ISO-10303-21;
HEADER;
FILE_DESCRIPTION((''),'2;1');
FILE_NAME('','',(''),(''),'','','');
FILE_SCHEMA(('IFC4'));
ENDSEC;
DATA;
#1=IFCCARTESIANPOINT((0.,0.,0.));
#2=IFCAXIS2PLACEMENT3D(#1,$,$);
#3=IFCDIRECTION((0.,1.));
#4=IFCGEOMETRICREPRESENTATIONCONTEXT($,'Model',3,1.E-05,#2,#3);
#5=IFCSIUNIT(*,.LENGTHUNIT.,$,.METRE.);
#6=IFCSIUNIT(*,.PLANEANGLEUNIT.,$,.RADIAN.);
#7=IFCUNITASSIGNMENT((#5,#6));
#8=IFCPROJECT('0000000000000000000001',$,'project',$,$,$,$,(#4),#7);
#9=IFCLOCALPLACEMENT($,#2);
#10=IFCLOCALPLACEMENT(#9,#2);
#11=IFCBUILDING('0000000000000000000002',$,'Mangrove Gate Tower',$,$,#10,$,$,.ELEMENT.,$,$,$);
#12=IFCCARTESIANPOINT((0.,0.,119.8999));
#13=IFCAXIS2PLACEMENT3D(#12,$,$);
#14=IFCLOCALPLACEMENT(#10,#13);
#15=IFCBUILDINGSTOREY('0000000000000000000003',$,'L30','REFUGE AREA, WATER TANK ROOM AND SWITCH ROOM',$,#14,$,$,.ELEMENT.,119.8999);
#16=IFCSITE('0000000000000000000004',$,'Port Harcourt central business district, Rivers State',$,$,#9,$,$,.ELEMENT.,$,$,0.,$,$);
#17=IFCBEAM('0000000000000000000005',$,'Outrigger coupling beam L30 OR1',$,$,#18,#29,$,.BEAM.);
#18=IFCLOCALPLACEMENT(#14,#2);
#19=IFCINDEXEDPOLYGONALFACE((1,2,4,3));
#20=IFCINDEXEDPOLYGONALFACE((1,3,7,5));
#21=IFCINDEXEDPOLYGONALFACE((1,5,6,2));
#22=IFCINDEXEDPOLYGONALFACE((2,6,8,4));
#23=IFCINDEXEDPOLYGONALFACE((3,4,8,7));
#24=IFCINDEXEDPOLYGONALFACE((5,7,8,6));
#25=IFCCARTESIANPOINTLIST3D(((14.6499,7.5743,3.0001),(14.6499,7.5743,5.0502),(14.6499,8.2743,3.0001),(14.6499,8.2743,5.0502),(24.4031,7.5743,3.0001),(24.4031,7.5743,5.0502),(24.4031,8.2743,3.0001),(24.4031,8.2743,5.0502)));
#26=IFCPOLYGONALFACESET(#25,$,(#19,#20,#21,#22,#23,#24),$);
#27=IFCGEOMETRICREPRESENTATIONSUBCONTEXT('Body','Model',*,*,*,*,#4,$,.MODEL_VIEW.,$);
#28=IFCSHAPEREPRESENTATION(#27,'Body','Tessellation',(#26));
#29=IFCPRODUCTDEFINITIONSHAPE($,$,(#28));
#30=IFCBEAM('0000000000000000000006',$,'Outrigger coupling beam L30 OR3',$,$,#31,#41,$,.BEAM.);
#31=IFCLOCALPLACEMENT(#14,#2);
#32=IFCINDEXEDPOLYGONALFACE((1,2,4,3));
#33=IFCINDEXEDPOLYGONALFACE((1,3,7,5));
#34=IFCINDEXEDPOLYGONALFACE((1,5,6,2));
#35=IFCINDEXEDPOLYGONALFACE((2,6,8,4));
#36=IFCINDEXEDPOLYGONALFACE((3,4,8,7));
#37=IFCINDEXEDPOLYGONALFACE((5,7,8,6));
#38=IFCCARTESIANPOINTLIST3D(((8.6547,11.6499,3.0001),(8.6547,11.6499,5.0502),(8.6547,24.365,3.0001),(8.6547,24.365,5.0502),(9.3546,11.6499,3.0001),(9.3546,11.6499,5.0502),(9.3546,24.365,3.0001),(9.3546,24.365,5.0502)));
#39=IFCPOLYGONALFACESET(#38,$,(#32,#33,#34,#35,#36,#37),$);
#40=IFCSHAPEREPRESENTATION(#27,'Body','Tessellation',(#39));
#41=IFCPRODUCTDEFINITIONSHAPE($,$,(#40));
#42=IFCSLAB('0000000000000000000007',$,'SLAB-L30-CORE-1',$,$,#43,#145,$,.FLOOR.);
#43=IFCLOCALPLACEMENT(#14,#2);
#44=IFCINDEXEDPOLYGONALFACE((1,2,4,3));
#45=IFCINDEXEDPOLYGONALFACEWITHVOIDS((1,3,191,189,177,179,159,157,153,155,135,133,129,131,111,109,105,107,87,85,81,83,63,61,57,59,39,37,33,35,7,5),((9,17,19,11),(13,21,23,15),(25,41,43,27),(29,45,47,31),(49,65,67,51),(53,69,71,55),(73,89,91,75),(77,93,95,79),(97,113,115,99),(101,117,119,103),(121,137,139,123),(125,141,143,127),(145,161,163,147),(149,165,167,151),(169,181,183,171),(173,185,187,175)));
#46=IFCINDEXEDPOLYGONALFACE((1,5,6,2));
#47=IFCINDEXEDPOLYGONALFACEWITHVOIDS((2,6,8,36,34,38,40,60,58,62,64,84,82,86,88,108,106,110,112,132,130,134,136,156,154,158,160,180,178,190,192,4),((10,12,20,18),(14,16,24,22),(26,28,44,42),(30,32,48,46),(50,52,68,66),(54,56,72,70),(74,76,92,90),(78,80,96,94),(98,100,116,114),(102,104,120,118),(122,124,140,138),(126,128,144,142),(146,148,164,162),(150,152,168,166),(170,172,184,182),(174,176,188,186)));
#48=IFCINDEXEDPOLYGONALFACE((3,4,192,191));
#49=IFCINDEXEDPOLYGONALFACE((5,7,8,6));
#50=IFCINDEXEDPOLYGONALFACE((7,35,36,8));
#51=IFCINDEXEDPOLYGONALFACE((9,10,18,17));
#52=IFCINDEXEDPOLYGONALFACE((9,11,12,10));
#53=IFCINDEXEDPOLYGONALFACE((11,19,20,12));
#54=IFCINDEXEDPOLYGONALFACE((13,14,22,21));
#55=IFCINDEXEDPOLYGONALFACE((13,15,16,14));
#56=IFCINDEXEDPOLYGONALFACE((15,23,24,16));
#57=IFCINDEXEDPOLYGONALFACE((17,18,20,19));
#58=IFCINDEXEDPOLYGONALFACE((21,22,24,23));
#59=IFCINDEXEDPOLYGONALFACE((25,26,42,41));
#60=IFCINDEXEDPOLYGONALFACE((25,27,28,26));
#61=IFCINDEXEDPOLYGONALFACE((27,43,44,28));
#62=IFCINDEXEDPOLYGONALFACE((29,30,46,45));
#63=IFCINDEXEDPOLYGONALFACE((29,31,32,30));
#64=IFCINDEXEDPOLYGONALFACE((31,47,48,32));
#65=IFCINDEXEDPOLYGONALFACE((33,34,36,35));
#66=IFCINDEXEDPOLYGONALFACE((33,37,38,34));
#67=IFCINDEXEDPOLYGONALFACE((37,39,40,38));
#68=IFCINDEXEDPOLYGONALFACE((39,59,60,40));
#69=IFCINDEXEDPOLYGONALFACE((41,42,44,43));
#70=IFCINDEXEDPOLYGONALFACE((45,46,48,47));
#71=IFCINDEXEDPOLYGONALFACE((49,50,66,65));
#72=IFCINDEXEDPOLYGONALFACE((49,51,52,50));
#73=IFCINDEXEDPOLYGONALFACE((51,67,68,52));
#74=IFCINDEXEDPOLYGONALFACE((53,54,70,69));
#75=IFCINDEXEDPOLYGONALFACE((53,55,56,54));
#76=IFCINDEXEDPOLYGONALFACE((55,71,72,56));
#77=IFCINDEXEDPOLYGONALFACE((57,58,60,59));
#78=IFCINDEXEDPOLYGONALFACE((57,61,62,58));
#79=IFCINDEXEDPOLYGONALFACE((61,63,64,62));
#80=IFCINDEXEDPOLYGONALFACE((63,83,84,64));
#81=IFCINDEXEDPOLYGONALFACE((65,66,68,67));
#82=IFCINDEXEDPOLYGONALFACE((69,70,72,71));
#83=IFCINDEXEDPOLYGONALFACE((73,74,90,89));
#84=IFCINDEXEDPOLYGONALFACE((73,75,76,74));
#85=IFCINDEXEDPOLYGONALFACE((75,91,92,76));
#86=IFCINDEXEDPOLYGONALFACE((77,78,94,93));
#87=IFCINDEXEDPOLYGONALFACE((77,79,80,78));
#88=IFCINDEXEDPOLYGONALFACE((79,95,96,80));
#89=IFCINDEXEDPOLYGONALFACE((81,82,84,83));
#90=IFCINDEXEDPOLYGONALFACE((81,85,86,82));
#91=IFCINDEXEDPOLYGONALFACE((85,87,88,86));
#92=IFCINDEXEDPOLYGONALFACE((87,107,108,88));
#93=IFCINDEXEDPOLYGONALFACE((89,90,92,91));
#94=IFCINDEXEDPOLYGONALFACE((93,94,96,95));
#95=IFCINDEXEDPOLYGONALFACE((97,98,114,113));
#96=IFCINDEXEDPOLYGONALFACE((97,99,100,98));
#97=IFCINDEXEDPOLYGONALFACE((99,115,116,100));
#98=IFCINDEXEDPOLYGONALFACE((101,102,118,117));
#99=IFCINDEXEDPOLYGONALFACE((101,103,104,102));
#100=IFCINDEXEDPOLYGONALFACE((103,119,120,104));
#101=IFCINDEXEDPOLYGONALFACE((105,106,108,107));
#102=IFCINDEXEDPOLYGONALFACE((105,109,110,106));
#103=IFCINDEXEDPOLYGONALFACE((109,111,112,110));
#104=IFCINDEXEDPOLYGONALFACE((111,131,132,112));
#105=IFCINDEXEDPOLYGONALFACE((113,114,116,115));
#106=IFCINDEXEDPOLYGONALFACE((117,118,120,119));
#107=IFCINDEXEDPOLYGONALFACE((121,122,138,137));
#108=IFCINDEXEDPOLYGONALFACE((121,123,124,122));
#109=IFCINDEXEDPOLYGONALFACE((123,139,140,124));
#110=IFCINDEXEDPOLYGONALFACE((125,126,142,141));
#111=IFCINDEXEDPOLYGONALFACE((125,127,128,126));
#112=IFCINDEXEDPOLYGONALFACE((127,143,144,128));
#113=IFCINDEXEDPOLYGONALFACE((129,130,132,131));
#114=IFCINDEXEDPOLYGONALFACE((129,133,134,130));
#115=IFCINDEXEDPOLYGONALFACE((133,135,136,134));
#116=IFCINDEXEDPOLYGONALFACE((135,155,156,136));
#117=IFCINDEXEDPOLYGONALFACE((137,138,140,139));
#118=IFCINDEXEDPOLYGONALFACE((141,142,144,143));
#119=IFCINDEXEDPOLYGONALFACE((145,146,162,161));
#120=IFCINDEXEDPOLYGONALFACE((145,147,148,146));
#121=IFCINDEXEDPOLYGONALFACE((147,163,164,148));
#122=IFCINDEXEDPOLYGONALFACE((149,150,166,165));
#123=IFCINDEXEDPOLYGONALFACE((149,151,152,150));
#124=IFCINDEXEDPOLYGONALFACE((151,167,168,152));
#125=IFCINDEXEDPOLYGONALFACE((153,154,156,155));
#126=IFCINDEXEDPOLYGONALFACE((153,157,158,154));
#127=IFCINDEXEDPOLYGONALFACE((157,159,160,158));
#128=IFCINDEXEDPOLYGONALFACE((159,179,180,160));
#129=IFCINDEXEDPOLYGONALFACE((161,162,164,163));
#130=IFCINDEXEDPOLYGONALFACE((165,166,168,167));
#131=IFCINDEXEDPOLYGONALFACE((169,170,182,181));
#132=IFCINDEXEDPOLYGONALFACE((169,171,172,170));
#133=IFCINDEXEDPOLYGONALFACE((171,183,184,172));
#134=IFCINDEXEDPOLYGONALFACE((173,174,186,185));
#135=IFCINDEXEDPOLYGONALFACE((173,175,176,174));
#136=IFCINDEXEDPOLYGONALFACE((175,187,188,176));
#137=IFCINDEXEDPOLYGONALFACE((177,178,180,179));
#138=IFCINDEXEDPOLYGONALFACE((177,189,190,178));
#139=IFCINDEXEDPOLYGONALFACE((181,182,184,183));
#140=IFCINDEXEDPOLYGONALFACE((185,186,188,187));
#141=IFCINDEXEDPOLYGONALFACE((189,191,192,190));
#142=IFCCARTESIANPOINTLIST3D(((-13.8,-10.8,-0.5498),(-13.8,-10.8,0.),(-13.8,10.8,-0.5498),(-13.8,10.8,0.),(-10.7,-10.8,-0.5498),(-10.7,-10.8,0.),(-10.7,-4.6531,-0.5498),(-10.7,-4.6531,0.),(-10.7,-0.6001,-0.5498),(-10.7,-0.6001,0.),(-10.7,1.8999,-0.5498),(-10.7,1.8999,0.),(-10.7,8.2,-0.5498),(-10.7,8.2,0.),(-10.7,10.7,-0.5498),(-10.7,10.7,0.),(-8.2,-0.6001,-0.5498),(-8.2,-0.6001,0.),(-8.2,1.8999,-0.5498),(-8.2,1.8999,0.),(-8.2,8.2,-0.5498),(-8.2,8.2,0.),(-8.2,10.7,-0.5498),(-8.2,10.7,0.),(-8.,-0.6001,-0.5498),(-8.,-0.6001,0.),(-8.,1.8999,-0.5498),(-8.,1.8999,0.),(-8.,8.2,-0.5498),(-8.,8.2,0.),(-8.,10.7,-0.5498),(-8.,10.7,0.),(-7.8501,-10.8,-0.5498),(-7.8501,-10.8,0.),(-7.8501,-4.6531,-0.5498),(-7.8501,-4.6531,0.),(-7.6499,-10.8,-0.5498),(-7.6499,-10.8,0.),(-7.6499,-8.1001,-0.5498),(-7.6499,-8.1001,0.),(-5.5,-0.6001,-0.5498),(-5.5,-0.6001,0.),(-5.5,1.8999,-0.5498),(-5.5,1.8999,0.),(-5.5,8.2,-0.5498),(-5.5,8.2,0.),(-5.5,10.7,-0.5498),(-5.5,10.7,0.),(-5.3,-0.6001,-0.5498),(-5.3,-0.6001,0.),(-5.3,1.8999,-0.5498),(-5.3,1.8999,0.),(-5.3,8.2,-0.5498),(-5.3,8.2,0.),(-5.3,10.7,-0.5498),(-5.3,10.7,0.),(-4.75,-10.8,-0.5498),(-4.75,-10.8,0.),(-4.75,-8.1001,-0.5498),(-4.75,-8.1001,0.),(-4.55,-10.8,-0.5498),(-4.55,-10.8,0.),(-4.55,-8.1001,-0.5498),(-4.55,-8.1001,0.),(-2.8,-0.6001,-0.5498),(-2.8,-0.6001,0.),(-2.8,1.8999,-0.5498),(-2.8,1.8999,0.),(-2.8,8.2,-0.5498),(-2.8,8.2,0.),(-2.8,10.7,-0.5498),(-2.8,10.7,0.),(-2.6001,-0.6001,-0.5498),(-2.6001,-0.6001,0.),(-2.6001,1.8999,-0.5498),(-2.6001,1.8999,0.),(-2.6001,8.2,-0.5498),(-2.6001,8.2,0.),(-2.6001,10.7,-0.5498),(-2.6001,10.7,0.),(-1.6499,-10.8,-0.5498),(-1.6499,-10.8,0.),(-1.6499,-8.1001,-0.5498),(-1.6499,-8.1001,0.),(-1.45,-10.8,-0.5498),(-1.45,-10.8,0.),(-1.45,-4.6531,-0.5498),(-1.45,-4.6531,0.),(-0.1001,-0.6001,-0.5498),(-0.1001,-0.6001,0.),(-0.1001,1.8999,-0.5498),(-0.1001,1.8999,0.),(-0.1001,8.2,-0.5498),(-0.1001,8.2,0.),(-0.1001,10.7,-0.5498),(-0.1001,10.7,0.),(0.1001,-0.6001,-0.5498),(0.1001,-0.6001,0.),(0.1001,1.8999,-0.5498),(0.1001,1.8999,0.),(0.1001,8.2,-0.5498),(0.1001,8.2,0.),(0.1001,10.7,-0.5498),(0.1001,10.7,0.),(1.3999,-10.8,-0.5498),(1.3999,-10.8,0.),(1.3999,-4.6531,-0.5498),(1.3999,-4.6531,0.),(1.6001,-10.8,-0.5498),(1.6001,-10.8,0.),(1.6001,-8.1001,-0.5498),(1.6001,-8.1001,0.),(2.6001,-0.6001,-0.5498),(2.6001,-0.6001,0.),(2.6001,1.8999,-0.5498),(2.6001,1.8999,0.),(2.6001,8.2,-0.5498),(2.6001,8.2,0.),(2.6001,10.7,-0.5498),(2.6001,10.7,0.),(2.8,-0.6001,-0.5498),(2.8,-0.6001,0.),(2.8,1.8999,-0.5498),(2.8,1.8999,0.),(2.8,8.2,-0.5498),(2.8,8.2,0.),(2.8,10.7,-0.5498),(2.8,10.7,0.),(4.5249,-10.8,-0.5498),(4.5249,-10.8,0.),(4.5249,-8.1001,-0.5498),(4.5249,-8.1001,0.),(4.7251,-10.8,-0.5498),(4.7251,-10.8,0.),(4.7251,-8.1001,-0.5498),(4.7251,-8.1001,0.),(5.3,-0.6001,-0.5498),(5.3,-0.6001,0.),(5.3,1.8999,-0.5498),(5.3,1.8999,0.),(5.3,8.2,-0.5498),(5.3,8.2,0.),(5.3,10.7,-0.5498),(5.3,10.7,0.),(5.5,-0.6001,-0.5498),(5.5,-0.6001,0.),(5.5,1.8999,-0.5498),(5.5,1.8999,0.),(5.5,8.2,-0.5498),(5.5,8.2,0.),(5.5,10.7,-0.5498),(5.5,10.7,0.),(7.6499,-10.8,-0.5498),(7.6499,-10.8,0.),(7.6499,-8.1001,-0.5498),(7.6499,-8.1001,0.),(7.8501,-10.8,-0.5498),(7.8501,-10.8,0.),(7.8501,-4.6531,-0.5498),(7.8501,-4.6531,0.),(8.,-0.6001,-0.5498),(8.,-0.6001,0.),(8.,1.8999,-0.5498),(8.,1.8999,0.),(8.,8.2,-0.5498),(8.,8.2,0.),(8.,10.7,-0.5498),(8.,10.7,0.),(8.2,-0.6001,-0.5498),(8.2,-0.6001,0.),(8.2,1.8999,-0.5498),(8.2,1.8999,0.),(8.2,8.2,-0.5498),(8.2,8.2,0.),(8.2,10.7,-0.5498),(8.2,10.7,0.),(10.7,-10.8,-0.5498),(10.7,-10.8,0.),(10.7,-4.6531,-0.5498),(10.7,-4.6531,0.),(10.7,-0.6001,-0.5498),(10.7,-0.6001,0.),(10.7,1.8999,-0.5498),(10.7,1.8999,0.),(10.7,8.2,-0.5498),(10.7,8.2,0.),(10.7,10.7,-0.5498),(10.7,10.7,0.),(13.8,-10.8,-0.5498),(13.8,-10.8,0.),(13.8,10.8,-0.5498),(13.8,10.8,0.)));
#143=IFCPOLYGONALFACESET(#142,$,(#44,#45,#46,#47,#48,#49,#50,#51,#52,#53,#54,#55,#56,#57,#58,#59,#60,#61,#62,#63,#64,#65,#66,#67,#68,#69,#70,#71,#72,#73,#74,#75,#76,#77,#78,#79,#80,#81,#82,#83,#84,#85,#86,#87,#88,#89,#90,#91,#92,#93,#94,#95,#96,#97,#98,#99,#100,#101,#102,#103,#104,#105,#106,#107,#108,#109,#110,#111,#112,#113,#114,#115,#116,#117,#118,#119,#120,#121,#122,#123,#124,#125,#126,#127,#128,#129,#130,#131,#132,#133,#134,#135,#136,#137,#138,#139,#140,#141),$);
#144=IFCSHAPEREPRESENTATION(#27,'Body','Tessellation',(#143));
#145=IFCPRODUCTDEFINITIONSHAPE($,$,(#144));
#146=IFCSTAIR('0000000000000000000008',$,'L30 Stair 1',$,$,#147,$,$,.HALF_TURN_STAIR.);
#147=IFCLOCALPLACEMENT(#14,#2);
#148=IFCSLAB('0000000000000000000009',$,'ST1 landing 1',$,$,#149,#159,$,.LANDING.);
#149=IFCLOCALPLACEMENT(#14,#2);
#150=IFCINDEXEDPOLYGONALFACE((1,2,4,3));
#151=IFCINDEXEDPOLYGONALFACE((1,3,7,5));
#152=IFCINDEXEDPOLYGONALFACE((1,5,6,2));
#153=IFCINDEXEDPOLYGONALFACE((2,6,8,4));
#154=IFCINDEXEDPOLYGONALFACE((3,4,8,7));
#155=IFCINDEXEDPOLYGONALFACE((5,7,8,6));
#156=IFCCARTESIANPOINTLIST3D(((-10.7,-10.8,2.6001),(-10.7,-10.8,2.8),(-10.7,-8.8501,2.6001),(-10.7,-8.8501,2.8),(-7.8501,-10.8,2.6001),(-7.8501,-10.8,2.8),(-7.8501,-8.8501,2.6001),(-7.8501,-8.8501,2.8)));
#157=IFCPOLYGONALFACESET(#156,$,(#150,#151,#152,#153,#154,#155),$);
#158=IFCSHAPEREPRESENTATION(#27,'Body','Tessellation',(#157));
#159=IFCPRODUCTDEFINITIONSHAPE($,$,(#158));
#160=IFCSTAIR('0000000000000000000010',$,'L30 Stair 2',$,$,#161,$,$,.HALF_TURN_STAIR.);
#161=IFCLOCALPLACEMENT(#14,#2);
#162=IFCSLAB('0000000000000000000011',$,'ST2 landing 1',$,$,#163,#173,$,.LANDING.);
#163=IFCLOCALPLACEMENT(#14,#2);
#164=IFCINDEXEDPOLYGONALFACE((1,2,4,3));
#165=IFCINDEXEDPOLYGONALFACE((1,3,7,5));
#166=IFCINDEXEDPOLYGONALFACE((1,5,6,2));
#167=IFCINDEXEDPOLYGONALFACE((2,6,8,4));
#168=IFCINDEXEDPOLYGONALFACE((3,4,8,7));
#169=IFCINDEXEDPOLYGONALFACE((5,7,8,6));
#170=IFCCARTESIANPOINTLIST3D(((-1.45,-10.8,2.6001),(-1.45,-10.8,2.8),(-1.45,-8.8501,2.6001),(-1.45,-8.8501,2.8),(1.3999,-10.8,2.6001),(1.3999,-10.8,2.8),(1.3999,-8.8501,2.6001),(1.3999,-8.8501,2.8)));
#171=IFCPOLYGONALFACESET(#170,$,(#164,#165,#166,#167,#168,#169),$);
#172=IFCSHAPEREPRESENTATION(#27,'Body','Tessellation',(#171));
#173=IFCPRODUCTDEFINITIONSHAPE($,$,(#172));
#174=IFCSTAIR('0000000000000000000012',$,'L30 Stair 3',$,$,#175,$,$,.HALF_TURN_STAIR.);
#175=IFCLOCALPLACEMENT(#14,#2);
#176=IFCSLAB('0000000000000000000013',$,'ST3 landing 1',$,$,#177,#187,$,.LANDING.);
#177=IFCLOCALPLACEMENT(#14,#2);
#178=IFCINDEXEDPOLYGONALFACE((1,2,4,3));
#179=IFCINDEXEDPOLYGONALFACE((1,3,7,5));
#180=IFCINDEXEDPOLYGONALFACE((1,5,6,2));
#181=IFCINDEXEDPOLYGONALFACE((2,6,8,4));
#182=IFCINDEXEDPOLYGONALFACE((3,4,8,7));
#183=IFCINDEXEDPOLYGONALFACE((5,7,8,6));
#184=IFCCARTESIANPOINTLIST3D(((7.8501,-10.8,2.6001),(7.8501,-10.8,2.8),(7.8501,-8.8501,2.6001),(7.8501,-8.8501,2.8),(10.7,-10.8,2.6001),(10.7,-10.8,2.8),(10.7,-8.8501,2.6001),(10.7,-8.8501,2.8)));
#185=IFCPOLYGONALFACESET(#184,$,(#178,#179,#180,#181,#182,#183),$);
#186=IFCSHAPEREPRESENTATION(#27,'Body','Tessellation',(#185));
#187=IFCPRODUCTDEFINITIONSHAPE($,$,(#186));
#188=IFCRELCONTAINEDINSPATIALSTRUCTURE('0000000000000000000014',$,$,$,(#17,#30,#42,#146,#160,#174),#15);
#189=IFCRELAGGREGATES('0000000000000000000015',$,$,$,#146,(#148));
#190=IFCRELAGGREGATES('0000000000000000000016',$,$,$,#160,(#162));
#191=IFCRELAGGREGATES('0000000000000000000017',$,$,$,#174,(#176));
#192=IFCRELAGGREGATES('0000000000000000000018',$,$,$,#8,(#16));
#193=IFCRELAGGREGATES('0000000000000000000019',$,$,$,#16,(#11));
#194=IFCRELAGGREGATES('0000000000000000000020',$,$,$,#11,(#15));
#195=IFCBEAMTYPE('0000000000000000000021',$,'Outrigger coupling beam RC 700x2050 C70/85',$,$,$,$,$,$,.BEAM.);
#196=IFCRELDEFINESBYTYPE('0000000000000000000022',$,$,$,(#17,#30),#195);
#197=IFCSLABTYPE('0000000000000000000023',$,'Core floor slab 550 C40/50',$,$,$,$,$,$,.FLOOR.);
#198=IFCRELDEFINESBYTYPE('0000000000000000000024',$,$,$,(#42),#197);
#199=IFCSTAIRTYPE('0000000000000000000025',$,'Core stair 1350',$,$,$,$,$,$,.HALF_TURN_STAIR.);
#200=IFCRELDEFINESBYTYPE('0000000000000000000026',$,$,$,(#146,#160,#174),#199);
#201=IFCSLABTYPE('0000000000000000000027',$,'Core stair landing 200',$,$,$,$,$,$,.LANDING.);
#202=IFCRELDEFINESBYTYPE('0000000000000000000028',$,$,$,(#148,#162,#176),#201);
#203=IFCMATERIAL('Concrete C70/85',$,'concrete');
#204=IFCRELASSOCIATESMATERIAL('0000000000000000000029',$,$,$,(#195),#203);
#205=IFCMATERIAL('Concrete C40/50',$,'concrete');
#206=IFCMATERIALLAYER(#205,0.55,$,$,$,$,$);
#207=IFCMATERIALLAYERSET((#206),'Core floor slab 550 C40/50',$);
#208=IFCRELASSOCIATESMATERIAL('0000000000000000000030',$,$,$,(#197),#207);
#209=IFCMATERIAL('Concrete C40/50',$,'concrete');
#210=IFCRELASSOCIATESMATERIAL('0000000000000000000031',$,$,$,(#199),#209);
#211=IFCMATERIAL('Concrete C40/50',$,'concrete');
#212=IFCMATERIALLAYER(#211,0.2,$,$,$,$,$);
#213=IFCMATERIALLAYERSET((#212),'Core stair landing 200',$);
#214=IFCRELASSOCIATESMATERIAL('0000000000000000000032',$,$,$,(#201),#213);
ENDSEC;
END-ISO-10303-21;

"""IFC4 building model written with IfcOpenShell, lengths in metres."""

from ifc_helpers import new_model, si_unit, direction, frame, origin, origin_2d, place, context, subcontext, project, spatial, polyline, rectangle, outline, extrude, material, layer, layer_set, material_profile, profile_set, type_object, element, aggregate, save


model = new_model("IFC4")

# Units and contexts
model_context = context("Model", 3, precision=1e-05, world=origin(), true_north=direction((0.0, 1.0)))
body_context = subcontext(model_context, "Body", "Model", "MODEL_VIEW")
ifc_project = project(units=[si_unit("LENGTHUNIT", "METRE"), si_unit("PLANEANGLEUNIT", "RADIAN")], contexts=[model_context])

# Site, building, storey
site_placement = place(None, origin())
site = spatial("IfcSite", under=ifc_project, at=site_placement, Name="Port Harcourt central business district, Rivers State", CompositionType="ELEMENT", RefElevation=0.0)
building_placement = place(site_placement, origin())
building = spatial("IfcBuilding", under=site, at=building_placement, Name="Mangrove Gate Tower", CompositionType="ELEMENT")
storey_placement = place(building_placement, frame((0.0, 0.0, 119.8999)))
storey = spatial("IfcBuildingStorey", under=building, at=storey_placement, Name="L30", Description="REFUGE AREA, WATER TANK ROOM AND SWITCH ROOM", CompositionType="ELEMENT", Elevation=119.8999)

# Beams
ifc_material_1 = material(Name="Concrete C70/85", Category="concrete")
ifc_material_profile = material_profile(ifc_material_1, rectangle(XDim=0.7, YDim=2.05, at=origin_2d()))
ifc_profile_set = profile_set([ifc_material_profile], Name="Concrete C70/85")
beam_type = type_object("IfcBeamType", Name="Outrigger coupling beam RC 700x2050 C70/85", PredefinedType="BEAM", material=ifc_profile_set)
beam_1_placement = place(storey_placement, frame((14.6499, 7.9243, 4.0251), z_axis=(1.0, 0.0, 0.0), x_axis=(0.0, 1.0, 0.0)))
element("IfcBeam", 1, at=beam_1_placement, inside=storey, type_object=beam_type, Name="Outrigger coupling beam L30 OR1", PredefinedType="BEAM", context=body_context, shape_type="SweptSolid", body=[
    extrude(rectangle(XDim=0.7, YDim=2.05, at=origin_2d()), origin(), (0.0, 0.0, 1.0), 9.7532),
])
beam_2_placement = place(storey_placement, frame((9.0046, 11.6499, 4.0251), z_axis=(0.0, 1.0, 0.0), x_axis=(-1.0, 0.0, 0.0)))
element("IfcBeam", 2, at=beam_2_placement, inside=storey, type_object=beam_type, Name="Outrigger coupling beam L30 OR3", PredefinedType="BEAM", context=body_context, shape_type="SweptSolid", body=[
    extrude(rectangle(XDim=0.7, YDim=2.05, at=origin_2d()), origin(), (0.0, 0.0, 1.0), 12.7151),
])

# Slab
ifc_material_2 = material(Name="Concrete C40/50", Category="concrete")
ifc_layer_1 = layer(ifc_material_2, 0.55)
ifc_layer_set_1 = layer_set([ifc_layer_1], Name="Core floor slab 550 C40/50")
slab_type_1 = type_object("IfcSlabType", Name="Core floor slab 550 C40/50", PredefinedType="FLOOR", material=ifc_layer_set_1)
slab_1_placement = place(storey_placement, frame((0.0, 0.0, -0.5498)))
element("IfcSlab", 3, at=slab_1_placement, inside=storey, type_object=slab_type_1, Name="SLAB-L30-CORE-1", PredefinedType="FLOOR", context=body_context, shape_type="SweptSolid", body=[
    extrude(outline(polyline([(-13.8, -10.8), (-13.8, 10.8), (13.8, 10.8), (13.8, -10.8), (10.7, -10.8), (10.7, -4.6531), (7.8501, -4.6531), (7.8501, -10.8), (7.6499, -10.8), (7.6499, -8.1001), (4.7251, -8.1001), (4.7251, -10.8), (4.5249, -10.8), (4.5249, -8.1001), (1.6001, -8.1001), (1.6001, -10.8), (1.3999, -10.8), (1.3999, -4.6531), (-1.45, -4.6531), (-1.45, -10.8), (-1.6499, -10.8), (-1.6499, -8.1001), (-4.55, -8.1001), (-4.55, -10.8), (-4.75, -10.8), (-4.75, -8.1001), (-7.6499, -8.1001), (-7.6499, -10.8), (-7.8501, -10.8), (-7.8501, -4.6531), (-10.7, -4.6531), (-10.7, -10.8), (-13.8, -10.8)]), holes=[polyline([(-10.7, -0.6001), (-8.2, -0.6001), (-8.2, 1.8999), (-10.7, 1.8999), (-10.7, -0.6001)]), polyline([(-5.5, -0.6001), (-5.5, 1.8999), (-8.0, 1.8999), (-8.0, -0.6001), (-5.5, -0.6001)]), polyline([(-5.3, -0.6001), (-2.8, -0.6001), (-2.8, 1.8999), (-5.3, 1.8999), (-5.3, -0.6001)]), polyline([(-2.6001, -0.6001), (-0.1001, -0.6001), (-0.1001, 1.8999), (-2.6001, 1.8999), (-2.6001, -0.6001)]), polyline([(-8.2, 8.2), (-8.2, 10.7), (-10.7, 10.7), (-10.7, 8.2), (-8.2, 8.2)]), polyline([(-8.0, 8.2), (-5.5, 8.2), (-5.5, 10.7), (-8.0, 10.7), (-8.0, 8.2)]), polyline([(-5.3, 8.2), (-2.8, 8.2), (-2.8, 10.7), (-5.3, 10.7), (-5.3, 8.2)]), polyline([(-0.1001, 8.2), (-0.1001, 10.7), (-2.6001, 10.7), (-2.6001, 8.2), (-0.1001, 8.2)]), polyline([(0.1001, -0.6001), (2.6001, -0.6001), (2.6001, 1.8999), (0.1001, 1.8999), (0.1001, -0.6001)]), polyline([(2.8, -0.6001), (5.3, -0.6001), (5.3, 1.8999), (2.8, 1.8999), (2.8, -0.6001)]), polyline([(8.0, -0.6001), (8.0, 1.8999), (5.5, 1.8999), (5.5, -0.6001), (8.0, -0.6001)]), polyline([(8.2, -0.6001), (10.7, -0.6001), (10.7, 1.8999), (8.2, 1.8999), (8.2, -0.6001)]), polyline([(0.1001, 8.2), (2.6001, 8.2), (2.6001, 10.7), (0.1001, 10.7), (0.1001, 8.2)]), polyline([(5.3, 8.2), (5.3, 10.7), (2.8, 10.7), (2.8, 8.2), (5.3, 8.2)]), polyline([(5.5, 8.2), (8.0, 8.2), (8.0, 10.7), (5.5, 10.7), (5.5, 8.2)]), polyline([(8.2, 8.2), (10.7, 8.2), (10.7, 10.7), (8.2, 10.7), (8.2, 8.2)])]), origin(), (0.0, 0.0, 1.0), 0.5498),
])

# Stairs, slabs
ifc_material_3 = material(Name="Concrete C40/50", Category="concrete")
stair_type = type_object("IfcStairType", Name="Core stair 1350", PredefinedType="HALF_TURN_STAIR", material=ifc_material_3)
stair_1_placement = place(storey_placement, origin())
stair_1 = element("IfcStair", 4, at=stair_1_placement, inside=storey, type_object=stair_type, Name="L30 Stair 1", PredefinedType="HALF_TURN_STAIR")
ifc_material_4 = material(Name="Concrete C40/50", Category="concrete")
ifc_layer_2 = layer(ifc_material_4, 0.2)
ifc_layer_set_2 = layer_set([ifc_layer_2], Name="Core stair landing 200")
slab_type_2 = type_object("IfcSlabType", Name="Core stair landing 200", PredefinedType="LANDING", material=ifc_layer_set_2)
slab_2_placement = place(storey_placement, frame((0.0, 0.0, 2.6001)))
slab_2 = element("IfcSlab", 5, at=slab_2_placement, type_object=slab_type_2, Name="ST1 landing 1", PredefinedType="LANDING", context=body_context, shape_type="SweptSolid", body=[
    extrude(outline(polyline([(-10.7, -8.8501), (-10.7, -10.8), (-7.8501, -10.8), (-7.8501, -8.8501), (-10.7, -8.8501)])), origin(), (0.0, 0.0, 1.0), 0.2),
])
aggregate(stair_1, [slab_2])
stair_2_placement = place(storey_placement, origin())
stair_2 = element("IfcStair", 6, at=stair_2_placement, inside=storey, type_object=stair_type, Name="L30 Stair 2", PredefinedType="HALF_TURN_STAIR")
slab_3_placement = place(storey_placement, frame((0.0, 0.0, 2.6001)))
slab_3 = element("IfcSlab", 7, at=slab_3_placement, type_object=slab_type_2, Name="ST2 landing 1", PredefinedType="LANDING", context=body_context, shape_type="SweptSolid", body=[
    extrude(outline(polyline([(-1.45, -8.8501), (-1.45, -10.8), (1.3999, -10.8), (1.3999, -8.8501), (-1.45, -8.8501)])), origin(), (0.0, 0.0, 1.0), 0.2),
])
aggregate(stair_2, [slab_3])
stair_3_placement = place(storey_placement, origin())
stair_3 = element("IfcStair", 8, at=stair_3_placement, inside=storey, type_object=stair_type, Name="L30 Stair 3", PredefinedType="HALF_TURN_STAIR")
slab_4_placement = place(storey_placement, frame((0.0, 0.0, 2.6001)))
slab_4 = element("IfcSlab", 9, at=slab_4_placement, type_object=slab_type_2, Name="ST3 landing 1", PredefinedType="LANDING", context=body_context, shape_type="SweptSolid", body=[
    extrude(outline(polyline([(7.8501, -8.8501), (7.8501, -10.8), (10.7, -10.8), (10.7, -8.8501), (7.8501, -8.8501)])), origin(), (0.0, 0.0, 1.0), 0.2),
])
aggregate(stair_3, [slab_4])

save(model, "model.ifc")
